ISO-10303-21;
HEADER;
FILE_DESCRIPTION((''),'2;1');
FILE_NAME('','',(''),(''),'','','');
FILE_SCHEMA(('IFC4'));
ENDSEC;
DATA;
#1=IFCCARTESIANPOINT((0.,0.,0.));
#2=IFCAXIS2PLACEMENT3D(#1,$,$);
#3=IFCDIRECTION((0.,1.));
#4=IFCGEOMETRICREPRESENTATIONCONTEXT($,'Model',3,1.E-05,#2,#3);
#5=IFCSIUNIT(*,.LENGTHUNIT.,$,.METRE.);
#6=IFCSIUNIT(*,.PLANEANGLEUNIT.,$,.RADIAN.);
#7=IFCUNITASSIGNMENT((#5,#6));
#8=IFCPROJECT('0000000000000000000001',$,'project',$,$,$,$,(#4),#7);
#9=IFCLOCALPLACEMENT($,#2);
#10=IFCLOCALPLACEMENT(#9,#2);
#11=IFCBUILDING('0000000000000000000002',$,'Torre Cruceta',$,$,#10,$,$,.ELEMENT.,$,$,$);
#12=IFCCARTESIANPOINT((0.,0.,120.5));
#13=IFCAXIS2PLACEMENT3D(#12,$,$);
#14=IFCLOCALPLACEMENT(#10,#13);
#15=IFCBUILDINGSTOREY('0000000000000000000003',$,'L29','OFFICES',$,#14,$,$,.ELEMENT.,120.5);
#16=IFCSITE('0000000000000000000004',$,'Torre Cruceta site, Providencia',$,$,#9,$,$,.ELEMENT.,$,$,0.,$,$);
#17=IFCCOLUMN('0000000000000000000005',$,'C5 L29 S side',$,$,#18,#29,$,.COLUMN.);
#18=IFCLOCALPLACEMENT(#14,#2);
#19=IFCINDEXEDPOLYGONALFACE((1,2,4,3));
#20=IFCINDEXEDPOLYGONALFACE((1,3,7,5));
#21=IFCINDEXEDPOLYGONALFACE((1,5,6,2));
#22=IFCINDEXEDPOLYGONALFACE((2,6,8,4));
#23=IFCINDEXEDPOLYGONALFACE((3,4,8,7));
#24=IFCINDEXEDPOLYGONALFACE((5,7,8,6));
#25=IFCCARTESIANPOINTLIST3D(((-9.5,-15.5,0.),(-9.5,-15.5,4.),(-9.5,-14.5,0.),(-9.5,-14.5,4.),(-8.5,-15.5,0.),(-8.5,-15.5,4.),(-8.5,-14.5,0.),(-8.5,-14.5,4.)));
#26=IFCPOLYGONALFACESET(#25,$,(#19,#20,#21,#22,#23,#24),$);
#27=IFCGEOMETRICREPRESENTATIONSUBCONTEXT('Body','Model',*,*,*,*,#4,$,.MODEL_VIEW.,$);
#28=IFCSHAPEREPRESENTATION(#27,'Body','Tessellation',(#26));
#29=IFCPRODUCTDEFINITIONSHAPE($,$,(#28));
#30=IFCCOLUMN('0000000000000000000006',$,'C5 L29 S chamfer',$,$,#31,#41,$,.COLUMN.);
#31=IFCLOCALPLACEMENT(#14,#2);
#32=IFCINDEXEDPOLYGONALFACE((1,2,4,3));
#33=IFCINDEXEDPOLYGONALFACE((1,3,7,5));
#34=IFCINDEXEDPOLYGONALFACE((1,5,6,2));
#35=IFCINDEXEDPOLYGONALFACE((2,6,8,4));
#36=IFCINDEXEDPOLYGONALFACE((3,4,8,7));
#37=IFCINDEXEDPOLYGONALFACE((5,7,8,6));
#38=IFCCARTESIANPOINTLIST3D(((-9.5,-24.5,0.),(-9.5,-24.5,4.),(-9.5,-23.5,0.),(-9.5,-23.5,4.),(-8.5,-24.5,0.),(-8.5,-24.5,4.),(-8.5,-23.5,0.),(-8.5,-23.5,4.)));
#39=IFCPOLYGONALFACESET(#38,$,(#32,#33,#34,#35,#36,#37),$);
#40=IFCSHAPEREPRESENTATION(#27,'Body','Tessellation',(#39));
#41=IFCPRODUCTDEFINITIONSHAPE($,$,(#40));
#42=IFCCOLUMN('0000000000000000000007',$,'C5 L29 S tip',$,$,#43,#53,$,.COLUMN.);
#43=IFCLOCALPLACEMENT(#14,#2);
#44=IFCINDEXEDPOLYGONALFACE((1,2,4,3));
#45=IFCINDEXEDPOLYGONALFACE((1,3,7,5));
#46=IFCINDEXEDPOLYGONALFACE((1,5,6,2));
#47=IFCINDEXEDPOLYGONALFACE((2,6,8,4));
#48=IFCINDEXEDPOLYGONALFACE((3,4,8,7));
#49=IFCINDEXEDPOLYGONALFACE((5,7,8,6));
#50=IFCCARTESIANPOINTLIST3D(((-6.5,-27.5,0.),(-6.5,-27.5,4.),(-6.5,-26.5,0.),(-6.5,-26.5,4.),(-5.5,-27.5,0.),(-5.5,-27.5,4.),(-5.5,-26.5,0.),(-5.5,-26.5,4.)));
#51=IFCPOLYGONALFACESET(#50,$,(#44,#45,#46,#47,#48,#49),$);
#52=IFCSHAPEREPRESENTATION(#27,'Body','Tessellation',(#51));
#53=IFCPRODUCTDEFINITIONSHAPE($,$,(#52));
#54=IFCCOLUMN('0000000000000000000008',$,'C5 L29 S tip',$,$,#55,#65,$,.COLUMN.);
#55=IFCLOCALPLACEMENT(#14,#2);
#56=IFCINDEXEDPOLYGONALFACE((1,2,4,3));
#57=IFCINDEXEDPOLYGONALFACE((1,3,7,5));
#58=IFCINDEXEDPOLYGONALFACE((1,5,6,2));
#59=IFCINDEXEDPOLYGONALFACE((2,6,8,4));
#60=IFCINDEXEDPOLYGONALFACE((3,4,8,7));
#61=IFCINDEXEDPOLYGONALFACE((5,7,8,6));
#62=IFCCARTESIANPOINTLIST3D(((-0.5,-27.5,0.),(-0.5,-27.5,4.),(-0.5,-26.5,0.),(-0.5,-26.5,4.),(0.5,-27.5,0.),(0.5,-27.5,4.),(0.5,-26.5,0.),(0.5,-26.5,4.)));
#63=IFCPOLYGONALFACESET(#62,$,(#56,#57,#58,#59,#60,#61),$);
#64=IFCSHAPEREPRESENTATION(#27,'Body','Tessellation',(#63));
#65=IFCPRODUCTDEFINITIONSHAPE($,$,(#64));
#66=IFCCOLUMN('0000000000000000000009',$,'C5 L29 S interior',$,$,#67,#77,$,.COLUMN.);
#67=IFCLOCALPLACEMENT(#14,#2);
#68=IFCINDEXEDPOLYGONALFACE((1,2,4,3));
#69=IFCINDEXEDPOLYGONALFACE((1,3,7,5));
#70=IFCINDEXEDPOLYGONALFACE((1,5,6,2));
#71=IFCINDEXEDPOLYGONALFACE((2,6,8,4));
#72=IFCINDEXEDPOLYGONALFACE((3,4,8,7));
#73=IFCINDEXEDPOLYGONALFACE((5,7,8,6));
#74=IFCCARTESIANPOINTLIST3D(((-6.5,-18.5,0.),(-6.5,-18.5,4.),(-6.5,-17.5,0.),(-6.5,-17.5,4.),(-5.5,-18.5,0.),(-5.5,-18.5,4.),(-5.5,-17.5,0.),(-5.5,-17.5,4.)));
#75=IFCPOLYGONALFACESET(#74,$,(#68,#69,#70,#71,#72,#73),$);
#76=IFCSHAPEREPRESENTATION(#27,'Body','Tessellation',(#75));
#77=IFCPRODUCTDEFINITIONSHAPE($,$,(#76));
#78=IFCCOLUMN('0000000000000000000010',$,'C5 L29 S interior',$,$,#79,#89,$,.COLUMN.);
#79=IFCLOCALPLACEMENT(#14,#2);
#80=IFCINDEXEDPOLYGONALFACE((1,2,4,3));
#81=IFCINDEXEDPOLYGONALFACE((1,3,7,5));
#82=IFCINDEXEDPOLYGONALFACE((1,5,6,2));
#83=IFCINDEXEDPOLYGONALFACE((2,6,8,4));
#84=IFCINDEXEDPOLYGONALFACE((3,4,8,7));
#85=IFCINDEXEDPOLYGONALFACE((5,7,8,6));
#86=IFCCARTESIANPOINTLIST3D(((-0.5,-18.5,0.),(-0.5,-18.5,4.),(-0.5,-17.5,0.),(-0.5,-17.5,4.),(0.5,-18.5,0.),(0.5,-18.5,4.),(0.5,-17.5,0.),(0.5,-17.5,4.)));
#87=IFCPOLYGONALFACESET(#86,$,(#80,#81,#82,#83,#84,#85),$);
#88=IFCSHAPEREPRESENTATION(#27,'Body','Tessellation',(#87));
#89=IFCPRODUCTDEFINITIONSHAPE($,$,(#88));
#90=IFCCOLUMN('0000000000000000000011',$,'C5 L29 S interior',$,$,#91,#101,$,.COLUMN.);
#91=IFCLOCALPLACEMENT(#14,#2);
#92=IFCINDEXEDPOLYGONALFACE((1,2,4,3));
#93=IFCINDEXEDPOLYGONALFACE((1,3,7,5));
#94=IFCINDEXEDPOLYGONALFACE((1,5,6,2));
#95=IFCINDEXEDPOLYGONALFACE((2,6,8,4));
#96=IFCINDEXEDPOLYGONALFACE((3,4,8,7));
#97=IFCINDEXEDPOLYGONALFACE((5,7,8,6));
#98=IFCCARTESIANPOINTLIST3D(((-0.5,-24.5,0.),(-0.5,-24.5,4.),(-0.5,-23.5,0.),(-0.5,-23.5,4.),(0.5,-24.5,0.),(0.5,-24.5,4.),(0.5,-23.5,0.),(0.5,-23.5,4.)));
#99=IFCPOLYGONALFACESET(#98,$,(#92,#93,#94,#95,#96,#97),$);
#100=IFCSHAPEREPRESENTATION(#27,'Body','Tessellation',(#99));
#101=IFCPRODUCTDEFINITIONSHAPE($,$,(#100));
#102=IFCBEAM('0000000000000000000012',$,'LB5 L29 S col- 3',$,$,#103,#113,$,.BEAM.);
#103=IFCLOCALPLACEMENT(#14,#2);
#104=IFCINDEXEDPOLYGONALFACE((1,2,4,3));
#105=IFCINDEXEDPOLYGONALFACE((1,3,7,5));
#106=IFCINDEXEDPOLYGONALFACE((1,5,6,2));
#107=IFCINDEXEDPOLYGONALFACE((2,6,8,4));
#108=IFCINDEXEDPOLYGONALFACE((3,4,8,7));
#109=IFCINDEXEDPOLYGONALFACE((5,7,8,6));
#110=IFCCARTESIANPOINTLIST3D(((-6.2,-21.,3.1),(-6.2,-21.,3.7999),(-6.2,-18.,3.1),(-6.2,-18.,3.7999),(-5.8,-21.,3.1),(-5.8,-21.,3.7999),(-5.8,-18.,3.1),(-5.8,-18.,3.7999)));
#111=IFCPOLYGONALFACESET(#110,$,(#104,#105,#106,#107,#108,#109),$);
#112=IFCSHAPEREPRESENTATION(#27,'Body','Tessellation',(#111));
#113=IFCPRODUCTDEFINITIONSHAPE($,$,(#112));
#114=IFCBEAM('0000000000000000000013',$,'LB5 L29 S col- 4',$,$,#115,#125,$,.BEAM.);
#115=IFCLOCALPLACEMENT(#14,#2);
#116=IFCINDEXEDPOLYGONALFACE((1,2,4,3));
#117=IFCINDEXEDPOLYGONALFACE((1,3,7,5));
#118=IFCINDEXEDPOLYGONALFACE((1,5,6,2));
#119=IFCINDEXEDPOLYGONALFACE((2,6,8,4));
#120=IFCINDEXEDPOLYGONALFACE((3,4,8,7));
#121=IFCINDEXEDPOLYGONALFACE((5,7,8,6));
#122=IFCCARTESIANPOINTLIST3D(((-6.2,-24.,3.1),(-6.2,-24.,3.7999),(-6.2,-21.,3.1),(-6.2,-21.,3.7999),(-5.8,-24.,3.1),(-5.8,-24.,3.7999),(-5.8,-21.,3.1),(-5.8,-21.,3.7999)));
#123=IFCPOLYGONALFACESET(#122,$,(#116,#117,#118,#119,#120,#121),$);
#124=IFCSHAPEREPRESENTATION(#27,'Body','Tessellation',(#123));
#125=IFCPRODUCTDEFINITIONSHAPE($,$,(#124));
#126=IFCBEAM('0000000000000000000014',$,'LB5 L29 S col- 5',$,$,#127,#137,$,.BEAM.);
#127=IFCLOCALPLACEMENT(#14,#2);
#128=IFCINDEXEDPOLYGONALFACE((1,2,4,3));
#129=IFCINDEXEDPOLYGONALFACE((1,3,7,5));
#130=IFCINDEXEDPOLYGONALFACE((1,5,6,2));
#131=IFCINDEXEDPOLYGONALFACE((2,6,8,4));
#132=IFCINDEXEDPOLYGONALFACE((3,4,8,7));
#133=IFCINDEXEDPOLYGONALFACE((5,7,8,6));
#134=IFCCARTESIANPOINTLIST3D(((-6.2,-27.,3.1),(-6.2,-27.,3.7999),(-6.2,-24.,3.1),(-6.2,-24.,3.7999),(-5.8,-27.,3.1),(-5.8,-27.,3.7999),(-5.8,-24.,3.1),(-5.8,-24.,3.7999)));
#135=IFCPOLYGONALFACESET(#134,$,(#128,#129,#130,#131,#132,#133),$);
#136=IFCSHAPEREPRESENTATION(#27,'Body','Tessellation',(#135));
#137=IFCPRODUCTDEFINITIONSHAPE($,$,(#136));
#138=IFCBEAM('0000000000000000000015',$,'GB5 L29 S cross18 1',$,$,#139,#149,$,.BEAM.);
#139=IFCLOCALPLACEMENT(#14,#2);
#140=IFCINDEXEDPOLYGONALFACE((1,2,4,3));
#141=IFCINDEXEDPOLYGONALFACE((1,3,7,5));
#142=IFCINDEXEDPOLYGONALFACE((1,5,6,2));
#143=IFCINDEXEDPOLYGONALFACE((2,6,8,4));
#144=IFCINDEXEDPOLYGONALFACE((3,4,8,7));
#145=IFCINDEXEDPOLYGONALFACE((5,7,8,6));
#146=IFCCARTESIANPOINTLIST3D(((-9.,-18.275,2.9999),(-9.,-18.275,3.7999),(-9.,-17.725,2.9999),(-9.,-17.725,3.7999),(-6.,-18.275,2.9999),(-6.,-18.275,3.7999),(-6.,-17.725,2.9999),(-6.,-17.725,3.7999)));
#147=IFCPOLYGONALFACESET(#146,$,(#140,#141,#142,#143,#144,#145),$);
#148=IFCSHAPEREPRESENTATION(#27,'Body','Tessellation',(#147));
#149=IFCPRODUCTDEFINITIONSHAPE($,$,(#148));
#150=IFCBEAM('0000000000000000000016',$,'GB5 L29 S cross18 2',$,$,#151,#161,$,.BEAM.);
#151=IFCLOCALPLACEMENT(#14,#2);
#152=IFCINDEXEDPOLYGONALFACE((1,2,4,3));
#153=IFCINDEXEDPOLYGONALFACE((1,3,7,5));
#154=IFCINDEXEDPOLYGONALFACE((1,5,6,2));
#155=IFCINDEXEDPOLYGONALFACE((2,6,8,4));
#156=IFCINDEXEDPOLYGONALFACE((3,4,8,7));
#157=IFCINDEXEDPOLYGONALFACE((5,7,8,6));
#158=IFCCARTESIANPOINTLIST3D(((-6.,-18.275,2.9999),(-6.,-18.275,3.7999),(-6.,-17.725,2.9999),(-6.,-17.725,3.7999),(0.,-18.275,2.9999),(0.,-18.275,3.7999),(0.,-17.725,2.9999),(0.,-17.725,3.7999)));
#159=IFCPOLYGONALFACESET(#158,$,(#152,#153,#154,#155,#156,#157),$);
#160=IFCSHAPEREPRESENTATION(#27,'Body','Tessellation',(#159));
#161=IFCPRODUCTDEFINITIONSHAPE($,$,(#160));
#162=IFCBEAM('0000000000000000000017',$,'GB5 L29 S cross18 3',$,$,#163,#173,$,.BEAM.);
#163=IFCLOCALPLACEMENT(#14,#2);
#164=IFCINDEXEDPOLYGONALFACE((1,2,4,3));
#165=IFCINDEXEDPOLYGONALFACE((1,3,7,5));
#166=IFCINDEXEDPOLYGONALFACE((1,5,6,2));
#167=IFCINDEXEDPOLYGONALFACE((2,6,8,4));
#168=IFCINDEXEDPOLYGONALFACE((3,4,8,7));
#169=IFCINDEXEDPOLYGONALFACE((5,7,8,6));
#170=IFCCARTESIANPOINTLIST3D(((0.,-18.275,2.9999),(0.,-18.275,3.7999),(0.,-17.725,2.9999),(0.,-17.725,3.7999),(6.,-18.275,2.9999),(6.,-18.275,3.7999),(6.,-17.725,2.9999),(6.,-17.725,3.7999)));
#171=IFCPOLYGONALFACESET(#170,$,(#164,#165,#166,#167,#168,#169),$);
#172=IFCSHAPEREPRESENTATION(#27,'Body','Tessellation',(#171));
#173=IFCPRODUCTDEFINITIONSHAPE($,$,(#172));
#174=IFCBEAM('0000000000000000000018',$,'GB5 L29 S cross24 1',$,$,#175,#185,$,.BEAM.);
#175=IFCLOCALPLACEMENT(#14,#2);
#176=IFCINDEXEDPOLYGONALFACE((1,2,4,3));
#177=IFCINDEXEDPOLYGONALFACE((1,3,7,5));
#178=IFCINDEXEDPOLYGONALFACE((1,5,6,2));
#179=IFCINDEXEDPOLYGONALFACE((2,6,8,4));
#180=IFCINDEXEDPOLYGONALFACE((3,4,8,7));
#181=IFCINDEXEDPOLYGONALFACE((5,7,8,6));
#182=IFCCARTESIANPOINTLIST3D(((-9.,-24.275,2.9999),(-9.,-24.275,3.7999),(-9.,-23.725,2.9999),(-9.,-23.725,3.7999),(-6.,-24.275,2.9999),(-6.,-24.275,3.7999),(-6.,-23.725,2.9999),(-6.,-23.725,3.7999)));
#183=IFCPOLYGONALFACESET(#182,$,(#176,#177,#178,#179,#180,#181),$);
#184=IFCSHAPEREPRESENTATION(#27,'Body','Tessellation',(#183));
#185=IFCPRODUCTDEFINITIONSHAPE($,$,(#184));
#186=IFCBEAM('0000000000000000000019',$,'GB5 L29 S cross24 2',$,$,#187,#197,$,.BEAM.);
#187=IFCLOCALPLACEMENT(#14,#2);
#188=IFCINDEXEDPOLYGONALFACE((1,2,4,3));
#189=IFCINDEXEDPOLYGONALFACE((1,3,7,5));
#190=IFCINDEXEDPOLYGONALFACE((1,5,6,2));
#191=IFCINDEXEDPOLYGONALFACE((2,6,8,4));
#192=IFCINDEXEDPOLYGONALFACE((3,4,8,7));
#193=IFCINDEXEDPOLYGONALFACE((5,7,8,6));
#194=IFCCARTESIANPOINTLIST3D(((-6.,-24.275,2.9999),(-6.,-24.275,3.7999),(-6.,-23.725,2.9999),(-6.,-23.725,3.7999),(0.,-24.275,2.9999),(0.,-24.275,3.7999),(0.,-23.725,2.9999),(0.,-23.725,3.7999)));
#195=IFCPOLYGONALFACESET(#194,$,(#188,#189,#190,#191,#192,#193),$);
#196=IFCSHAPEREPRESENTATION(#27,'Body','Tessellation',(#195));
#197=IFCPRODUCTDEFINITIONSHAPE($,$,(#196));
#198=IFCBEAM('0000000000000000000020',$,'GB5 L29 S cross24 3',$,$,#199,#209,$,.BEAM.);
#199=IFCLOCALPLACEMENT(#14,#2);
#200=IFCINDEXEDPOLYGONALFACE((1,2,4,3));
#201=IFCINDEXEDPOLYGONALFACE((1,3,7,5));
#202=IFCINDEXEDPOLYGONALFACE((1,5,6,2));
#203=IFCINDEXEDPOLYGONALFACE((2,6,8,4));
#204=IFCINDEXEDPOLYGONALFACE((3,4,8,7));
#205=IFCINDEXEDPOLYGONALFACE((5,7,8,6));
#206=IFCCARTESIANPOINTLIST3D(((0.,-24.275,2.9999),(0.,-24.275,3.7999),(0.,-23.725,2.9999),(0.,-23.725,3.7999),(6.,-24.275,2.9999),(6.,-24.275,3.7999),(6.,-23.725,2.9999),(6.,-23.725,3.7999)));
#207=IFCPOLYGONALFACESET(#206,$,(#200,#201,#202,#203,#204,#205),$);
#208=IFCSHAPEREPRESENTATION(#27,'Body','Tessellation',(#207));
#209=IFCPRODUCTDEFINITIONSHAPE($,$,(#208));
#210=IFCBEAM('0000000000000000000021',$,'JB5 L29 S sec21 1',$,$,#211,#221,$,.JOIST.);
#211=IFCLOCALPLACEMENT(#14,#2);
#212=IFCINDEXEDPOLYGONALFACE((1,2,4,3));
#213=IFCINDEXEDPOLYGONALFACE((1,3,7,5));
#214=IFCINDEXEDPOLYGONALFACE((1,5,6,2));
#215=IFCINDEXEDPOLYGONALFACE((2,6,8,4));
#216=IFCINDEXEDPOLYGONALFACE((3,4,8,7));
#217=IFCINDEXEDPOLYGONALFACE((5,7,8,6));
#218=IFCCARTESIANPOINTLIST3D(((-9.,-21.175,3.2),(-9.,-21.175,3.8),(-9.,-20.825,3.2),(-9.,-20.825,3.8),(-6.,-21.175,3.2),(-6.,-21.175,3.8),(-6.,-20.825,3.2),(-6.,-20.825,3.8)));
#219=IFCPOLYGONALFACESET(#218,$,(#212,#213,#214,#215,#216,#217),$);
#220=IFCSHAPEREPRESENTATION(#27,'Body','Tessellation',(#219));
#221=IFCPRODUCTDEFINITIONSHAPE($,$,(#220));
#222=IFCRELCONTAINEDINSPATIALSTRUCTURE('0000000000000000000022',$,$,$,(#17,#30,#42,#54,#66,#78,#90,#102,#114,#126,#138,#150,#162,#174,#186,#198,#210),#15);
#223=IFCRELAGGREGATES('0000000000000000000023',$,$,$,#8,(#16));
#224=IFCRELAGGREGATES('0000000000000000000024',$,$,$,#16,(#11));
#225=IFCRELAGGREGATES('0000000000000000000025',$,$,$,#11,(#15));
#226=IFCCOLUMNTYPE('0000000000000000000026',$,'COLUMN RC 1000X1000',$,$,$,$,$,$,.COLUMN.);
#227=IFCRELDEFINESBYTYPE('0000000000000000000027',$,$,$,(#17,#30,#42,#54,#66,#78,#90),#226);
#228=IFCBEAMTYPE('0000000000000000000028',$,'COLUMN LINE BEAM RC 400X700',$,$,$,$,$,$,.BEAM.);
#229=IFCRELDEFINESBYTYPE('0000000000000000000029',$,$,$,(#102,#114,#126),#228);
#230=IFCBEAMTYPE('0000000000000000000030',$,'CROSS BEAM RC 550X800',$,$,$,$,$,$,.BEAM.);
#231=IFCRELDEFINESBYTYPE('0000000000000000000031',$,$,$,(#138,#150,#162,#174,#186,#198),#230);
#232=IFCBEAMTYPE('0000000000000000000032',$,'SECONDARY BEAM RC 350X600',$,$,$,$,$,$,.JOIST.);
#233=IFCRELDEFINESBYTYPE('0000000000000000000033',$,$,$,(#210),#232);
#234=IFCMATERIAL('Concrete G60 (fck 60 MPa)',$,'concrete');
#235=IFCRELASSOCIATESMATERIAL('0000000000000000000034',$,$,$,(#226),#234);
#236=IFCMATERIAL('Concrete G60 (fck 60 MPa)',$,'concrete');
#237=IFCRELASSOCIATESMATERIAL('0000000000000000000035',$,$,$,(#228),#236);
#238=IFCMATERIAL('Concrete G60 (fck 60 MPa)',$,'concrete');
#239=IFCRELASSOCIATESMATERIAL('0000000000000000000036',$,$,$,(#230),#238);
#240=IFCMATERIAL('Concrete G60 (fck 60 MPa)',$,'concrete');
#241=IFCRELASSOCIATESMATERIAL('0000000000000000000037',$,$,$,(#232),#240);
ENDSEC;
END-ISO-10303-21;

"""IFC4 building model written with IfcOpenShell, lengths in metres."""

from ifc_helpers import new_model, si_unit, direction, frame, origin, origin_2d, place, context, subcontext, project, spatial, rectangle, extrude, material, material_profile, profile_set, type_object, element, save


model = new_model("IFC4")

# Units and contexts
model_context = context("Model", 3, precision=1e-05, world=origin(), true_north=direction((0.0, 1.0)))
body_context = subcontext(model_context, "Body", "Model", "MODEL_VIEW")
ifc_project = project(units=[si_unit("LENGTHUNIT", "METRE"), si_unit("PLANEANGLEUNIT", "RADIAN")], contexts=[model_context])

# Site, building, storey
site_placement = place(None, origin())
site = spatial("IfcSite", under=ifc_project, at=site_placement, Name="Torre Cruceta site, Providencia", CompositionType="ELEMENT", RefElevation=0.0)
building_placement = place(site_placement, origin())
building = spatial("IfcBuilding", under=site, at=building_placement, Name="Torre Cruceta", CompositionType="ELEMENT")
storey_placement = place(building_placement, frame((0.0, 0.0, 120.5)))
storey = spatial("IfcBuildingStorey", under=building, at=storey_placement, Name="L29", Description="OFFICES", CompositionType="ELEMENT", Elevation=120.5)

# Columns
ifc_material_1 = material(Name="Concrete G60 (fck 60 MPa)", Category="concrete")
ifc_material_profile_1 = material_profile(ifc_material_1, rectangle(XDim=1.0, YDim=1.0, at=origin_2d()), Name="RC 1000X1000")
ifc_profile_set_1 = profile_set([ifc_material_profile_1], Name="Concrete G60 (fck 60 MPa)")
column_type = type_object("IfcColumnType", Name="COLUMN RC 1000X1000", PredefinedType="COLUMN", material=ifc_profile_set_1)
for number, where, z_axis, x_axis, name in (
    (1, (-9.0, -15.0, 0.0), (0.0, 0.0, 1.0), (1.0, 0.0, 0.0), "C5 L29 S side"),
    (2, (-9.0, -24.0, 0.0), (0.0, 0.0, 1.0), (1.0, 0.0, 0.0), "C5 L29 S chamfer"),
    (3, (-6.0, -27.0, 0.0), (0.0, 0.0, 1.0), (1.0, 0.0, 0.0), "C5 L29 S tip"),
    (4, (0.0, -27.0, 0.0), (0.0, 0.0, 1.0), (1.0, 0.0, 0.0), "C5 L29 S tip"),
    (5, (-6.0, -18.0, 0.0), (0.0, 0.0, 1.0), (1.0, 0.0, 0.0), "C5 L29 S interior"),
    (6, (0.0, -18.0, 0.0), (0.0, 0.0, 1.0), (1.0, 0.0, 0.0), "C5 L29 S interior"),
    (7, (0.0, -24.0, 0.0), (0.0, 0.0, 1.0), (1.0, 0.0, 0.0), "C5 L29 S interior"),
):
    element("IfcColumn", number, at=place(storey_placement, frame(where, z_axis=z_axis, x_axis=x_axis)), inside=storey, type_object=column_type, Name=name, PredefinedType="COLUMN", context=body_context, shape_type="SweptSolid", body=[
        extrude(rectangle(XDim=1.0, YDim=1.0, at=origin_2d()), origin(), (0.0, 0.0, 1.0), 4.0),
    ])

# Beams
ifc_material_2 = material(Name="Concrete G60 (fck 60 MPa)", Category="concrete")
ifc_material_profile_2 = material_profile(ifc_material_2, rectangle(XDim=0.3999, YDim=0.7, at=origin_2d()), Name="RC 400X700")
ifc_profile_set_2 = profile_set([ifc_material_profile_2], Name="Concrete G60 (fck 60 MPa)")
beam_type_1 = type_object("IfcBeamType", Name="COLUMN LINE BEAM RC 400X700", PredefinedType="BEAM", material=ifc_profile_set_2)
for number, where, z_axis, x_axis, name in (
    (8, (-6.0, -18.0, 3.45), (0.0, -1.0, 0.0), (1.0, 0.0, 0.0), "LB5 L29 S col- 3"),
    (9, (-6.0, -21.0, 3.45), (0.0, -1.0, 0.0), (1.0, 0.0, 0.0), "LB5 L29 S col- 4"),
    (10, (-6.0, -24.0, 3.45), (0.0, -1.0, 0.0), (1.0, 0.0, 0.0), "LB5 L29 S col- 5"),
):
    element("IfcBeam", number, at=place(storey_placement, frame(where, z_axis=z_axis, x_axis=x_axis)), inside=storey, type_object=beam_type_1, Name=name, PredefinedType="BEAM", context=body_context, shape_type="SweptSolid", body=[
        extrude(rectangle(XDim=0.3999, YDim=0.7, at=origin_2d()), origin(), (0.0, 0.0, 1.0), 3.0),
    ])
ifc_material_3 = material(Name="Concrete G60 (fck 60 MPa)", Category="concrete")
ifc_material_profile_3 = material_profile(ifc_material_3, rectangle(XDim=0.55, YDim=0.8, at=origin_2d()), Name="RC 550X800")
ifc_profile_set_3 = profile_set([ifc_material_profile_3], Name="Concrete G60 (fck 60 MPa)")
beam_type_2 = type_object("IfcBeamType", Name="CROSS BEAM RC 550X800", PredefinedType="BEAM", material=ifc_profile_set_3)
beam_1_placement = place(storey_placement, frame((-9.0, -18.0, 3.3999), z_axis=(1.0, 0.0, 0.0), x_axis=(0.0, 1.0, 0.0)))
element("IfcBeam", 11, at=beam_1_placement, inside=storey, type_object=beam_type_2, Name="GB5 L29 S cross18 1", PredefinedType="BEAM", context=body_context, shape_type="SweptSolid", body=[
    extrude(rectangle(XDim=0.55, YDim=0.8, at=origin_2d()), origin(), (0.0, 0.0, 1.0), 3.0),
])
for number, where, z_axis, x_axis, name in (
    (12, (-6.0, -18.0, 3.3999), (1.0, 0.0, 0.0), (0.0, 1.0, 0.0), "GB5 L29 S cross18 2"),
    (13, (0.0, -18.0, 3.3999), (1.0, 0.0, 0.0), (0.0, 1.0, 0.0), "GB5 L29 S cross18 3"),
):
    element("IfcBeam", number, at=place(storey_placement, frame(where, z_axis=z_axis, x_axis=x_axis)), inside=storey, type_object=beam_type_2, Name=name, PredefinedType="BEAM", context=body_context, shape_type="SweptSolid", body=[
        extrude(rectangle(XDim=0.55, YDim=0.8, at=origin_2d()), origin(), (0.0, 0.0, 1.0), 6.0),
    ])
beam_2_placement = place(storey_placement, frame((-9.0, -24.0, 3.3999), z_axis=(1.0, 0.0, 0.0), x_axis=(0.0, 1.0, 0.0)))
element("IfcBeam", 14, at=beam_2_placement, inside=storey, type_object=beam_type_2, Name="GB5 L29 S cross24 1", PredefinedType="BEAM", context=body_context, shape_type="SweptSolid", body=[
    extrude(rectangle(XDim=0.55, YDim=0.8, at=origin_2d()), origin(), (0.0, 0.0, 1.0), 3.0),
])
for number, where, z_axis, x_axis, name in (
    (15, (-6.0, -24.0, 3.3999), (1.0, 0.0, 0.0), (0.0, 1.0, 0.0), "GB5 L29 S cross24 2"),
    (16, (0.0, -24.0, 3.3999), (1.0, 0.0, 0.0), (0.0, 1.0, 0.0), "GB5 L29 S cross24 3"),
):
    element("IfcBeam", number, at=place(storey_placement, frame(where, z_axis=z_axis, x_axis=x_axis)), inside=storey, type_object=beam_type_2, Name=name, PredefinedType="BEAM", context=body_context, shape_type="SweptSolid", body=[
        extrude(rectangle(XDim=0.55, YDim=0.8, at=origin_2d()), origin(), (0.0, 0.0, 1.0), 6.0),
    ])
ifc_material_4 = material(Name="Concrete G60 (fck 60 MPa)", Category="concrete")
ifc_material_profile_4 = material_profile(ifc_material_4, rectangle(XDim=0.3501, YDim=0.6001, at=origin_2d()), Name="RC 350X600")
ifc_profile_set_4 = profile_set([ifc_material_profile_4], Name="Concrete G60 (fck 60 MPa)")
beam_type_3 = type_object("IfcBeamType", Name="SECONDARY BEAM RC 350X600", PredefinedType="JOIST", material=ifc_profile_set_4)
beam_3_placement = place(storey_placement, frame((-9.0, -21.0, 3.5), z_axis=(1.0, 0.0, 0.0), x_axis=(0.0, 1.0, 0.0)))
element("IfcBeam", 17, at=beam_3_placement, inside=storey, type_object=beam_type_3, Name="JB5 L29 S sec21 1", PredefinedType="JOIST", context=body_context, shape_type="SweptSolid", body=[
    extrude(rectangle(XDim=0.3501, YDim=0.6001, at=origin_2d()), origin(), (0.0, 0.0, 1.0), 3.0),
])

save(model, "model.ifc")
